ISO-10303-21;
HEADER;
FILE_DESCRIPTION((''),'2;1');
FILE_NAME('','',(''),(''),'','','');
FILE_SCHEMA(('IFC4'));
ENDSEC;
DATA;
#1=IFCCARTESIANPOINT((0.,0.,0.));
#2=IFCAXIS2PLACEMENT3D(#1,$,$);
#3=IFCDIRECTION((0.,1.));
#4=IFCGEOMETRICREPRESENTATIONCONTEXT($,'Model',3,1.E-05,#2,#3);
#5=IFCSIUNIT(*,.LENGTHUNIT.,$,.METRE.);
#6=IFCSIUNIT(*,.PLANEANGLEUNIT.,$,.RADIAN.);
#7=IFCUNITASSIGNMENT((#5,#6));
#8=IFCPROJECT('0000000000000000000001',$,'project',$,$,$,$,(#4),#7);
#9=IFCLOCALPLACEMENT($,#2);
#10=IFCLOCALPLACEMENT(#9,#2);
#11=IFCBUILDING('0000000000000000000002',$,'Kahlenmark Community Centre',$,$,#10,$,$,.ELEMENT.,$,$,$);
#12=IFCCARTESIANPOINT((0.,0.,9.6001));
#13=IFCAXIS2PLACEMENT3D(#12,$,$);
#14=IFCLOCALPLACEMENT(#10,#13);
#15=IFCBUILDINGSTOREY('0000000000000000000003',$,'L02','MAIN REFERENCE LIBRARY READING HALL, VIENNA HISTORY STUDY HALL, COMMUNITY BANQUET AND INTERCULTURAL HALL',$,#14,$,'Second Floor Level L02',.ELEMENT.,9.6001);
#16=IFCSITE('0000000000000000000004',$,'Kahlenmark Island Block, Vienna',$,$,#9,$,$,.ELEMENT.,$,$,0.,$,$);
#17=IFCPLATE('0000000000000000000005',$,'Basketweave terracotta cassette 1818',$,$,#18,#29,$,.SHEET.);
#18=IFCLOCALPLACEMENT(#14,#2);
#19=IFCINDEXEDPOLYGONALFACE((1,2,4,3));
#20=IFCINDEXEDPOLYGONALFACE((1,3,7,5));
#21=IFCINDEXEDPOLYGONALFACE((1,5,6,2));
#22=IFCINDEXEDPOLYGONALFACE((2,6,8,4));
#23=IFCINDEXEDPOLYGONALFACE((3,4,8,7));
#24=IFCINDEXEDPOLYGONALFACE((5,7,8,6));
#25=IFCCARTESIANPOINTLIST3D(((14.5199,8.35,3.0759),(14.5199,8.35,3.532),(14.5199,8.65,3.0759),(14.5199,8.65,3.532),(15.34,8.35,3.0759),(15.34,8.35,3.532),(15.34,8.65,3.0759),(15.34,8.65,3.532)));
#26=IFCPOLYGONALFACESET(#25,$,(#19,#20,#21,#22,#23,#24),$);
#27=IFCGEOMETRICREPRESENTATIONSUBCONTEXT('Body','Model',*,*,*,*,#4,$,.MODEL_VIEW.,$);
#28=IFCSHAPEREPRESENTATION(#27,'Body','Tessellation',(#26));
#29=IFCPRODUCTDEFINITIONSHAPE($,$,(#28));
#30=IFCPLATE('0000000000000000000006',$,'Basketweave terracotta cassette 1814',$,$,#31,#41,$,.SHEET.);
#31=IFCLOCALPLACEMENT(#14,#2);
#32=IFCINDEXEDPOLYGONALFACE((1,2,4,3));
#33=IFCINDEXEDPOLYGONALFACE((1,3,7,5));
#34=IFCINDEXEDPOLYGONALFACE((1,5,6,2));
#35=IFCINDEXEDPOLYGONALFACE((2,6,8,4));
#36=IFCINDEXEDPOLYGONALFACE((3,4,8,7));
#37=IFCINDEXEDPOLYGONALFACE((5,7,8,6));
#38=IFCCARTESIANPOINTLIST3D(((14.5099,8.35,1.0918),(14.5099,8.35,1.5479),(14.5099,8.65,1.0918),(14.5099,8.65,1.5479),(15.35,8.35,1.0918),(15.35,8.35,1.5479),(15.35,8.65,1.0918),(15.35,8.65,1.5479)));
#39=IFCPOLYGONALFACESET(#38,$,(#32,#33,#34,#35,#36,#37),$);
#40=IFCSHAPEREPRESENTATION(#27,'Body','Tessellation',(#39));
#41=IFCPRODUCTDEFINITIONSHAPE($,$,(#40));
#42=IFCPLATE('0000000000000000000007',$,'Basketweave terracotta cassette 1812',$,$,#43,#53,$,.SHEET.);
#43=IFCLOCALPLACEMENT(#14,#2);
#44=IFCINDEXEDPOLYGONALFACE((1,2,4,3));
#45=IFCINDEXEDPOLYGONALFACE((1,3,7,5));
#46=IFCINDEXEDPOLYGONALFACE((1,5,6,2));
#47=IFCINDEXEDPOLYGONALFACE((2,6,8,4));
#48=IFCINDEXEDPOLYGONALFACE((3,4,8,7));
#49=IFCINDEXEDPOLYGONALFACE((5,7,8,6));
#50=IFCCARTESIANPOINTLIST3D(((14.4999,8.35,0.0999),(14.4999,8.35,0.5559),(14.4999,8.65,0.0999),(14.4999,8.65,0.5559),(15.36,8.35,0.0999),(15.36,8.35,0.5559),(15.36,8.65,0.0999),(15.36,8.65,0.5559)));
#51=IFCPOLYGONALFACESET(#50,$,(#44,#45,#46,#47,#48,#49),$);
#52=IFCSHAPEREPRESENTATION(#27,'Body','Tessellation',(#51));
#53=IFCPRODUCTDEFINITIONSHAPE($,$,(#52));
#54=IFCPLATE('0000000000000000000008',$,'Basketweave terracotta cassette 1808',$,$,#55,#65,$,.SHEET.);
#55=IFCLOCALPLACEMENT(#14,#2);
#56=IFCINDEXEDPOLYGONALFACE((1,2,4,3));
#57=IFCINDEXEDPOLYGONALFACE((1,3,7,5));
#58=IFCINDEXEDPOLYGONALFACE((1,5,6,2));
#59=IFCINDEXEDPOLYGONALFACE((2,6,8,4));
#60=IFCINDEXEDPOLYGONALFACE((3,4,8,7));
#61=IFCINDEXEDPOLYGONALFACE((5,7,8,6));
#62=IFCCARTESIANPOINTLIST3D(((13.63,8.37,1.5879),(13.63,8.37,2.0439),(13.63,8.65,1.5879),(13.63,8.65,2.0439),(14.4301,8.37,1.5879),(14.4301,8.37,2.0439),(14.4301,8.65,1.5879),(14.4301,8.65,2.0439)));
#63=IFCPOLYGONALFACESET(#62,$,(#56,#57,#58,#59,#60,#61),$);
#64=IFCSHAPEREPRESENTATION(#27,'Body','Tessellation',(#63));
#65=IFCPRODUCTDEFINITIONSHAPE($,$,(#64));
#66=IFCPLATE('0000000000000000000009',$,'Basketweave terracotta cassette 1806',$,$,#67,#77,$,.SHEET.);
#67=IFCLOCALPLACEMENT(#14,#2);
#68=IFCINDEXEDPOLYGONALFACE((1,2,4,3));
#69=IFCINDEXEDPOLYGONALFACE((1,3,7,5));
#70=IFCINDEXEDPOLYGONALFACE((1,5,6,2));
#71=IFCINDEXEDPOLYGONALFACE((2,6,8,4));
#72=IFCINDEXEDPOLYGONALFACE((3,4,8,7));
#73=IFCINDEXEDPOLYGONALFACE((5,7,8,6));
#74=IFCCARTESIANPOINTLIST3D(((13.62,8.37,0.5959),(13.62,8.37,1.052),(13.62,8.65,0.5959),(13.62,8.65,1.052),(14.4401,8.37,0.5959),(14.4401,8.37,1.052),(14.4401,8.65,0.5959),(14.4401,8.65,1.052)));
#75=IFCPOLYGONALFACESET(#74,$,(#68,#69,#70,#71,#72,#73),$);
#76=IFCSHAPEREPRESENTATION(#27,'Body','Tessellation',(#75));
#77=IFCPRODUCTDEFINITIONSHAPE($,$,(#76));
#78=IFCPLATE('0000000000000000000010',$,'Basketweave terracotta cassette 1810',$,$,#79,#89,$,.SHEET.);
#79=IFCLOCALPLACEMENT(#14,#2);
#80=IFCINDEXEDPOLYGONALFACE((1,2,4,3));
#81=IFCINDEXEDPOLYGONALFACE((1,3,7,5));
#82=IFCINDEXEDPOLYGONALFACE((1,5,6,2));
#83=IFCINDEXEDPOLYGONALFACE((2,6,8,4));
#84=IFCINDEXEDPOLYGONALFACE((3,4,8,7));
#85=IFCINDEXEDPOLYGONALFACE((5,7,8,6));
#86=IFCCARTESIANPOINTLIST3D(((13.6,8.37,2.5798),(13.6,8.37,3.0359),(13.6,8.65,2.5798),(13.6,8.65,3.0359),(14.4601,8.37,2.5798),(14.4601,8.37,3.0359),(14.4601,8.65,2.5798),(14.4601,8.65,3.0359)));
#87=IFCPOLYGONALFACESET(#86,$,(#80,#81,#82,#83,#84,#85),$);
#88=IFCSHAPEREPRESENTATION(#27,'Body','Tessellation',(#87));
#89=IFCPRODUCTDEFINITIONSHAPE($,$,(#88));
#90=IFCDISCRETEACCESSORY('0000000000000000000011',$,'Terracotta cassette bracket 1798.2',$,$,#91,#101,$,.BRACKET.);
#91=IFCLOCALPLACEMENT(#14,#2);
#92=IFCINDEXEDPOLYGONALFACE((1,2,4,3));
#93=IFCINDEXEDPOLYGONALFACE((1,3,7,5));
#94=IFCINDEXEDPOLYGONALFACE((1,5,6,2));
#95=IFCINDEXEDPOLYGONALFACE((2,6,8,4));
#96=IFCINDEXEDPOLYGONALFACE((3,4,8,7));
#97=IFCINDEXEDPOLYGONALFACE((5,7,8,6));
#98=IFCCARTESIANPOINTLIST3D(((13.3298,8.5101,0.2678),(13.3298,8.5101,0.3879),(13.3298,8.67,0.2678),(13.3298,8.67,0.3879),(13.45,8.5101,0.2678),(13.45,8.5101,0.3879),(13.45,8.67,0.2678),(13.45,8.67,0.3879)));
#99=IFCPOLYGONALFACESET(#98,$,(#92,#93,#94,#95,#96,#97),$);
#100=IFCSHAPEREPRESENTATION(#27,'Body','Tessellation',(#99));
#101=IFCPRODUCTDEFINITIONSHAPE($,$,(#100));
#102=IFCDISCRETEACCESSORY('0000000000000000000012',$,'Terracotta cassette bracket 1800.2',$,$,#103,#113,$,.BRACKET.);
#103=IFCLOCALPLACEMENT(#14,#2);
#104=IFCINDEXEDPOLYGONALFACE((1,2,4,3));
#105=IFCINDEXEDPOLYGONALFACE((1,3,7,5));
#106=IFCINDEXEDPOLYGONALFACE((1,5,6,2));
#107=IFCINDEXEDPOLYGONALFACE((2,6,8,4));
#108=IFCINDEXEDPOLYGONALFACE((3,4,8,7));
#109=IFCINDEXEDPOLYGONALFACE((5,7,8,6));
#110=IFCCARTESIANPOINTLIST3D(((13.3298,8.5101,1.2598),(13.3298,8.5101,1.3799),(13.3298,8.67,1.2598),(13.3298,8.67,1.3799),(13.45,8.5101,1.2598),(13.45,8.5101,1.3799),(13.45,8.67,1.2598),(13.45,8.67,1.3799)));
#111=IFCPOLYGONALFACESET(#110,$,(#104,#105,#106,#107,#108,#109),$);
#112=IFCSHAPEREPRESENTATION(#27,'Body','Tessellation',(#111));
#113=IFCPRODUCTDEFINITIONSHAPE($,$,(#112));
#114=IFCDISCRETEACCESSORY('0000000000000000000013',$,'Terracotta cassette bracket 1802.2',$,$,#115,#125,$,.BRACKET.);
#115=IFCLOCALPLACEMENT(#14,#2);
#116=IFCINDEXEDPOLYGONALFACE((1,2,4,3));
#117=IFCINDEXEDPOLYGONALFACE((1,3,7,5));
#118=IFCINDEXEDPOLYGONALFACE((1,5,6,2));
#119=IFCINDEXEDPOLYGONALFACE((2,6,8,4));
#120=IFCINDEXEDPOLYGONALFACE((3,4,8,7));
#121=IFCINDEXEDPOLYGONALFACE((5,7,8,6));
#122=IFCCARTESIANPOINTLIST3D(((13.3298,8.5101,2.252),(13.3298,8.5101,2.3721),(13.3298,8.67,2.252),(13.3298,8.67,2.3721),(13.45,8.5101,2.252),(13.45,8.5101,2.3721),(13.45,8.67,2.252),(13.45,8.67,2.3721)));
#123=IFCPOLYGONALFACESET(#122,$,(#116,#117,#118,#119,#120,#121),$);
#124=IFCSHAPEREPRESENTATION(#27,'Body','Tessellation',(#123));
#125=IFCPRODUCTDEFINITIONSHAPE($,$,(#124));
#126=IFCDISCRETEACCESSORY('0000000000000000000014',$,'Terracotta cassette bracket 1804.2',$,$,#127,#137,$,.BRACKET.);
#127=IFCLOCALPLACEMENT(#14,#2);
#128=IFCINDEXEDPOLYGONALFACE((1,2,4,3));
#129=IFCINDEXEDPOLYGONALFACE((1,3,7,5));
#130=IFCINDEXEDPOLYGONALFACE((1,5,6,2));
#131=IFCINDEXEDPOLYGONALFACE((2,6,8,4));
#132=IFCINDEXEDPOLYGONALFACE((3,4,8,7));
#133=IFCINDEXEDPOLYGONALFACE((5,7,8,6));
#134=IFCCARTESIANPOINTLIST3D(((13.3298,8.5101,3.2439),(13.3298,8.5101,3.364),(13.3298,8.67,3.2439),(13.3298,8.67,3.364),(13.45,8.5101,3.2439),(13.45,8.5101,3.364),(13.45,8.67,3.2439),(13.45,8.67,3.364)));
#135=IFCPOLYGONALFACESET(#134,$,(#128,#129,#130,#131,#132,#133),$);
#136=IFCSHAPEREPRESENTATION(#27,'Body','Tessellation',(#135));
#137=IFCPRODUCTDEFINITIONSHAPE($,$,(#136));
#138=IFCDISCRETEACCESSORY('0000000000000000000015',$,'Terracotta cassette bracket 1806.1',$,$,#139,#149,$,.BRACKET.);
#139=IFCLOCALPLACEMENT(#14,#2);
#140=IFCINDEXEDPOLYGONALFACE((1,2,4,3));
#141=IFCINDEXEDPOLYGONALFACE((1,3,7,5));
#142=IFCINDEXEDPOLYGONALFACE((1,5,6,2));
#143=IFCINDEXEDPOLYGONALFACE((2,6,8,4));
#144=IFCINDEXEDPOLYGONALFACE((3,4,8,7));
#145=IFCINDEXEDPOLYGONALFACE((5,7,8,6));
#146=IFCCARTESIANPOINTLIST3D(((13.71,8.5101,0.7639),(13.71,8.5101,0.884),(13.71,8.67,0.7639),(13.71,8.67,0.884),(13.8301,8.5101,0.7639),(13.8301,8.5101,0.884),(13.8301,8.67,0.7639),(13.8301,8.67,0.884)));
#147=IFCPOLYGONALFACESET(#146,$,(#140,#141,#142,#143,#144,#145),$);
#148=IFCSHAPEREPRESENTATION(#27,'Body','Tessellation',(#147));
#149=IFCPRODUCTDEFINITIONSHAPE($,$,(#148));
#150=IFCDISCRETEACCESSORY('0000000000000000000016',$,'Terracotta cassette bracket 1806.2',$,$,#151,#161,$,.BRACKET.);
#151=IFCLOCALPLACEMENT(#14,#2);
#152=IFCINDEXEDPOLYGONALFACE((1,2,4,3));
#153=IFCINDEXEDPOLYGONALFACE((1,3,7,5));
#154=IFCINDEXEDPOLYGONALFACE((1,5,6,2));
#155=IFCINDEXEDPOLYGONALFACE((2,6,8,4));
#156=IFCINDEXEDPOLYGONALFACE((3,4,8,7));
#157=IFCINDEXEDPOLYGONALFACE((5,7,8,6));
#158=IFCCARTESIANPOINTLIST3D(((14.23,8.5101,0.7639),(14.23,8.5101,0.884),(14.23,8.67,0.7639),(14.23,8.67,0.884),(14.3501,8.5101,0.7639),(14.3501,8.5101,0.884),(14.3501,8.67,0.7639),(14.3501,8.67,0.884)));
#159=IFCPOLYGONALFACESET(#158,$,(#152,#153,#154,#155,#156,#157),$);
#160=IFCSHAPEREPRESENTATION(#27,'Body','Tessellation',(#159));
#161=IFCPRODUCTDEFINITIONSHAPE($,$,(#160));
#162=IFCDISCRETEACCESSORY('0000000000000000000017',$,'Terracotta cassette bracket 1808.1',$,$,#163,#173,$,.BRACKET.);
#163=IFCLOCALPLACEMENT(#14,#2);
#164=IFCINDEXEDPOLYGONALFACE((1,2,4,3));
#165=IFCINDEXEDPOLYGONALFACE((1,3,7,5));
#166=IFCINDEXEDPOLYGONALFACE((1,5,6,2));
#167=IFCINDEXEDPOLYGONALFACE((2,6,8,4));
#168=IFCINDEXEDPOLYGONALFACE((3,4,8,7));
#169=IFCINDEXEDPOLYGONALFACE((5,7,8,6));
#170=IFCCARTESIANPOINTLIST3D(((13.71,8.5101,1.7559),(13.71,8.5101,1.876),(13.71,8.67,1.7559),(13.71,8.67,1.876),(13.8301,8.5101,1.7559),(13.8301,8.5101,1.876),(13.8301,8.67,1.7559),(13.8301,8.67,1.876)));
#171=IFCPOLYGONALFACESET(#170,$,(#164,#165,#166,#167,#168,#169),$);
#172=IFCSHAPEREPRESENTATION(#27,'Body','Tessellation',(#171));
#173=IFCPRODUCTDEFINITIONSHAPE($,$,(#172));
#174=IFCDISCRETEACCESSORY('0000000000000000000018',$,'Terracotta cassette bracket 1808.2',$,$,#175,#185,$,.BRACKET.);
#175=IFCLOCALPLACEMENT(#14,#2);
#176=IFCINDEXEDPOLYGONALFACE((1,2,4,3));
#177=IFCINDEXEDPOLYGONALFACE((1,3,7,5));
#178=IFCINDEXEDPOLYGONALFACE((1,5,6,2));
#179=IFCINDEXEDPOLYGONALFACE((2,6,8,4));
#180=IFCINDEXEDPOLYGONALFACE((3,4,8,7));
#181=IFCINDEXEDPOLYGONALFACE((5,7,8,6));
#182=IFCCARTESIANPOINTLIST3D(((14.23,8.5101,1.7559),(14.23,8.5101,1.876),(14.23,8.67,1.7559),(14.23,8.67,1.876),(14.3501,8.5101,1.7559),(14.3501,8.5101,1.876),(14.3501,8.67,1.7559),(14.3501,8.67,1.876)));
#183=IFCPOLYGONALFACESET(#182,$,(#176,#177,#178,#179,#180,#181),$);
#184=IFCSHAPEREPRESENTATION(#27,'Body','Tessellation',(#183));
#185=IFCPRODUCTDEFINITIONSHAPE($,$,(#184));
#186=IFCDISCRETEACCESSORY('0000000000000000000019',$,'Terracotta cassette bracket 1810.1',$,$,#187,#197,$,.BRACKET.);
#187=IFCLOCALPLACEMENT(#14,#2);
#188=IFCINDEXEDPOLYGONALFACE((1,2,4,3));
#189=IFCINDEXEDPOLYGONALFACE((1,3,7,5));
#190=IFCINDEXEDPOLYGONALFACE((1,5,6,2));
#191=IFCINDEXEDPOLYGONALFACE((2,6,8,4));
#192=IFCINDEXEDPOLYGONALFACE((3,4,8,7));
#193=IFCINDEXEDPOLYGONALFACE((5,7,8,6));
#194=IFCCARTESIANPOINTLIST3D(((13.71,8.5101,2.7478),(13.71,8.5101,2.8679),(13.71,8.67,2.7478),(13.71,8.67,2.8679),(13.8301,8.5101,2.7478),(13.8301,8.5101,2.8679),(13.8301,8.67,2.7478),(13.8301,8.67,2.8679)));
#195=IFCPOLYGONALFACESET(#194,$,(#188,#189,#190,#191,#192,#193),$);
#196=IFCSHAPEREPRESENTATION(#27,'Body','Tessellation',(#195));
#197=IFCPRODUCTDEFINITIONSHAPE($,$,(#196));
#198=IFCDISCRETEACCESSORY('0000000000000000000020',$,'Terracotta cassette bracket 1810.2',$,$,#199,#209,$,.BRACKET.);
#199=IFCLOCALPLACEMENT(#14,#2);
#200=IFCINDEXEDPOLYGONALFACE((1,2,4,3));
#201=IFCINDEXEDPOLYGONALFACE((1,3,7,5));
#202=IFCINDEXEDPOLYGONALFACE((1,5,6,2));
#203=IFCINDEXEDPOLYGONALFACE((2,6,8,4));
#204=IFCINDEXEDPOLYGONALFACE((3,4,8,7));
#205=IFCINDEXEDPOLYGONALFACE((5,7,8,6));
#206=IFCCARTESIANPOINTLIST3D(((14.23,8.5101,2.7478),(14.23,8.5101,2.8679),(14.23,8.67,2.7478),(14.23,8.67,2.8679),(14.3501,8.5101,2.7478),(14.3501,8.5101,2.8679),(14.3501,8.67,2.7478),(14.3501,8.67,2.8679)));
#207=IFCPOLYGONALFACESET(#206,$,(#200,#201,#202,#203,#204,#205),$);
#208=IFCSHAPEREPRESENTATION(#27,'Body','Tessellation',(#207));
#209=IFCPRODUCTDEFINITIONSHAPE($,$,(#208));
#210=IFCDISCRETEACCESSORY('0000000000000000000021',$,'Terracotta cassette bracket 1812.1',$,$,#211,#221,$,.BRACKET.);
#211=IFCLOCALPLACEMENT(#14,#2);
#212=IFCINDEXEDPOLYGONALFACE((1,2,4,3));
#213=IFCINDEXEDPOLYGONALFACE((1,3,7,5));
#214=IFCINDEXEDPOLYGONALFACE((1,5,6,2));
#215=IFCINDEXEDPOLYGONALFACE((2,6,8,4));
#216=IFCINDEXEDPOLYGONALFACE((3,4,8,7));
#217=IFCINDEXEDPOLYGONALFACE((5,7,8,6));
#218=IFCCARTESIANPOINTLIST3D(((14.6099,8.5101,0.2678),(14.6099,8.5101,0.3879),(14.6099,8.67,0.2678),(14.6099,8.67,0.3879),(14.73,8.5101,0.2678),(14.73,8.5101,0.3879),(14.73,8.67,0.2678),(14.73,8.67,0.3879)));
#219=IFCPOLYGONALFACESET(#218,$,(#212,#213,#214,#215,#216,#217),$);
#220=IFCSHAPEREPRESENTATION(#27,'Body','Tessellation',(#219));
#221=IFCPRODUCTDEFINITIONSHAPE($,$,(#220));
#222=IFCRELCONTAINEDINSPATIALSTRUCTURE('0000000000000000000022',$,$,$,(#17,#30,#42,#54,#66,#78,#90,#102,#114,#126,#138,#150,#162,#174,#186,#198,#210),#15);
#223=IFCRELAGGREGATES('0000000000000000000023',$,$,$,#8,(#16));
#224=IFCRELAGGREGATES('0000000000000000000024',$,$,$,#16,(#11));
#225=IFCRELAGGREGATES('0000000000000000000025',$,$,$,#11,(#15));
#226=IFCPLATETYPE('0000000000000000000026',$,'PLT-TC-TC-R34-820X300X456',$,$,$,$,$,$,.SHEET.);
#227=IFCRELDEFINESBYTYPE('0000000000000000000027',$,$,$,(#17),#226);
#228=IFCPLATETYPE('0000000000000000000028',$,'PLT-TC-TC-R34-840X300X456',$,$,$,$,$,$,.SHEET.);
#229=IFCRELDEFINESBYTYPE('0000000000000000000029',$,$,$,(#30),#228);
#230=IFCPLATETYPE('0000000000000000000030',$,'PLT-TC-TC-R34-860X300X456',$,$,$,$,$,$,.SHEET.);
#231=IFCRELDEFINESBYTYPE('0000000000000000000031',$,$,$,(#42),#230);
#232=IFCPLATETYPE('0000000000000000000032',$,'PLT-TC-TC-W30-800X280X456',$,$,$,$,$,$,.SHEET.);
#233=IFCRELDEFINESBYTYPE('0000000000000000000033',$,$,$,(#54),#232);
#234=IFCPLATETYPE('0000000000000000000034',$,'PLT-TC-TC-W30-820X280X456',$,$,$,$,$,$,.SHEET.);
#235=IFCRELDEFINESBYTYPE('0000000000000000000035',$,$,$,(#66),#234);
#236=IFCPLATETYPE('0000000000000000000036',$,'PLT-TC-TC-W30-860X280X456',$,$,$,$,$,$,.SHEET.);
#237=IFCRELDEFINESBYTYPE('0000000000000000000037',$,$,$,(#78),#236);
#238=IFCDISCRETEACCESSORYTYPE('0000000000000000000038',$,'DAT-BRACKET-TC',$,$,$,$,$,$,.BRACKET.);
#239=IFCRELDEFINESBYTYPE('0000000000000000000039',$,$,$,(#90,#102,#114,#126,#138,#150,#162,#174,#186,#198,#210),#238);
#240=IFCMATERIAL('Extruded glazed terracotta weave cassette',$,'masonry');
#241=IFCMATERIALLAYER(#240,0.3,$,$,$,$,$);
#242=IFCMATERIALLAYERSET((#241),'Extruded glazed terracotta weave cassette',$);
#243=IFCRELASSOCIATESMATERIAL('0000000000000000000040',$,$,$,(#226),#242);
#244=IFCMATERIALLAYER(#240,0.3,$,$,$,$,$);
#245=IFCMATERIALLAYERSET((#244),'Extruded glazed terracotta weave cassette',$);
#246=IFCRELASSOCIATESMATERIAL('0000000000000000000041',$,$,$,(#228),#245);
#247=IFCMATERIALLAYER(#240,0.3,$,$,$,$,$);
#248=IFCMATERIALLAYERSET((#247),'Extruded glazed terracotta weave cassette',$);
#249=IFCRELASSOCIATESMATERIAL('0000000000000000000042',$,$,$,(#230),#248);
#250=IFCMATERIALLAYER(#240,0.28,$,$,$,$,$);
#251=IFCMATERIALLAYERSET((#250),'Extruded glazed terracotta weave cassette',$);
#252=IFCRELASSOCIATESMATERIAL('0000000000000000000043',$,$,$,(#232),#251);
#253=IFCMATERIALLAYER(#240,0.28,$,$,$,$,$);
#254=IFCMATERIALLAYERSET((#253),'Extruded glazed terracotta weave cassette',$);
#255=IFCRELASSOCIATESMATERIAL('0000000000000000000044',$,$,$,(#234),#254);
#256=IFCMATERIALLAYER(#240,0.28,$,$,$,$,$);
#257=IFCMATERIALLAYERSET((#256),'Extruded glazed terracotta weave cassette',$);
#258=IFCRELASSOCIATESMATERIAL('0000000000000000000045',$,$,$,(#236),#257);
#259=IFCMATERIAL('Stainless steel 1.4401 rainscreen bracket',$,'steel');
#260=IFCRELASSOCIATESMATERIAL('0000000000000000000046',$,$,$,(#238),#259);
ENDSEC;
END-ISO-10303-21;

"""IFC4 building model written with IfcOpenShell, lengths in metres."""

from ifc_helpers import new_model, si_unit, direction, frame, origin, origin_2d, place, context, subcontext, project, spatial, rectangle, extrude, material, layer, layer_set, type_object, element, save


model = new_model("IFC4")

# Units and contexts
model_context = context("Model", 3, precision=1e-05, world=origin(), true_north=direction((0.0, 1.0)))
body_context = subcontext(model_context, "Body", "Model", "MODEL_VIEW")
ifc_project = project(units=[si_unit("LENGTHUNIT", "METRE"), si_unit("PLANEANGLEUNIT", "RADIAN")], contexts=[model_context])

# Site, building, storey
site_placement = place(None, origin())
site = spatial("IfcSite", under=ifc_project, at=site_placement, Name="Kahlenmark Island Block, Vienna", CompositionType="ELEMENT", RefElevation=0.0)
building_placement = place(site_placement, origin())
building = spatial("IfcBuilding", under=site, at=building_placement, Name="Kahlenmark Community Centre", CompositionType="ELEMENT")
storey_placement = place(building_placement, frame((0.0, 0.0, 9.6001)))
storey = spatial("IfcBuildingStorey", under=building, at=storey_placement, Name="L02", Description="MAIN REFERENCE LIBRARY READING HALL, VIENNA HISTORY STUDY HALL, COMMUNITY BANQUET AND INTERCULTURAL HALL", LongName="Second Floor Level L02", CompositionType="ELEMENT", Elevation=9.6001)

# Plates
ifc_material_1 = material(Name="Extruded glazed terracotta weave cassette", Category="masonry")
ifc_layer_1 = layer(ifc_material_1, 0.3)
ifc_layer_set_1 = layer_set([ifc_layer_1], Name="Extruded glazed terracotta weave cassette")
plate_type_1 = type_object("IfcPlateType", Name="PLT-TC-TC-R34-820X300X456", PredefinedType="SHEET", material=ifc_layer_set_1)
plate_1_placement = place(storey_placement, frame((14.9299, 8.5, 3.0759), z_axis=(0.0, 0.0, 1.0), x_axis=(1.0, 0.0, 0.0)))
element("IfcPlate", 1, at=plate_1_placement, inside=storey, type_object=plate_type_1, Name="Basketweave terracotta cassette 1818", PredefinedType="SHEET", context=body_context, shape_type="SweptSolid", body=[
    extrude(rectangle(XDim=0.8201, YDim=0.3, at=origin_2d()), origin(), (0.0, 0.0, 1.0), 0.4561),
])
ifc_layer_2 = layer(ifc_material_1, 0.3)
ifc_layer_set_2 = layer_set([ifc_layer_2], Name="Extruded glazed terracotta weave cassette")
plate_type_2 = type_object("IfcPlateType", Name="PLT-TC-TC-R34-840X300X456", PredefinedType="SHEET", material=ifc_layer_set_2)
plate_2_placement = place(storey_placement, frame((14.9299, 8.5, 1.0918), z_axis=(0.0, 0.0, 1.0), x_axis=(1.0, 0.0, 0.0)))
element("IfcPlate", 2, at=plate_2_placement, inside=storey, type_object=plate_type_2, Name="Basketweave terracotta cassette 1814", PredefinedType="SHEET", context=body_context, shape_type="SweptSolid", body=[
    extrude(rectangle(XDim=0.8401, YDim=0.3, at=origin_2d()), origin(), (0.0, 0.0, 1.0), 0.4561),
])
ifc_layer_3 = layer(ifc_material_1, 0.3)
ifc_layer_set_3 = layer_set([ifc_layer_3], Name="Extruded glazed terracotta weave cassette")
plate_type_3 = type_object("IfcPlateType", Name="PLT-TC-TC-R34-860X300X456", PredefinedType="SHEET", material=ifc_layer_set_3)
plate_3_placement = place(storey_placement, frame((14.9299, 8.5, 0.0999), z_axis=(0.0, 0.0, 1.0), x_axis=(1.0, 0.0, 0.0)))
element("IfcPlate", 3, at=plate_3_placement, inside=storey, type_object=plate_type_3, Name="Basketweave terracotta cassette 1812", PredefinedType="SHEET", context=body_context, shape_type="SweptSolid", body=[
    extrude(rectangle(XDim=0.8601, YDim=0.3, at=origin_2d()), origin(), (0.0, 0.0, 1.0), 0.4561),
])
ifc_layer_4 = layer(ifc_material_1, 0.28)
ifc_layer_set_4 = layer_set([ifc_layer_4], Name="Extruded glazed terracotta weave cassette")
plate_type_4 = type_object("IfcPlateType", Name="PLT-TC-TC-W30-800X280X456", PredefinedType="SHEET", material=ifc_layer_set_4)
plate_4_placement = place(storey_placement, frame((14.03, 8.51, 1.5879), z_axis=(0.0, 0.0, 1.0), x_axis=(1.0, 0.0, 0.0)))
element("IfcPlate", 4, at=plate_4_placement, inside=storey, type_object=plate_type_4, Name="Basketweave terracotta cassette 1808", PredefinedType="SHEET", context=body_context, shape_type="SweptSolid", body=[
    extrude(rectangle(XDim=0.8, YDim=0.28, at=origin_2d()), origin(), (0.0, 0.0, 1.0), 0.4561),
])
ifc_layer_5 = layer(ifc_material_1, 0.28)
ifc_layer_set_5 = layer_set([ifc_layer_5], Name="Extruded glazed terracotta weave cassette")
plate_type_5 = type_object("IfcPlateType", Name="PLT-TC-TC-W30-820X280X456", PredefinedType="SHEET", material=ifc_layer_set_5)
plate_5_placement = place(storey_placement, frame((14.03, 8.51, 0.5959), z_axis=(0.0, 0.0, 1.0), x_axis=(1.0, 0.0, 0.0)))
element("IfcPlate", 5, at=plate_5_placement, inside=storey, type_object=plate_type_5, Name="Basketweave terracotta cassette 1806", PredefinedType="SHEET", context=body_context, shape_type="SweptSolid", body=[
    extrude(rectangle(XDim=0.8201, YDim=0.28, at=origin_2d()), origin(), (0.0, 0.0, 1.0), 0.4561),
])
ifc_layer_6 = layer(ifc_material_1, 0.28)
ifc_layer_set_6 = layer_set([ifc_layer_6], Name="Extruded glazed terracotta weave cassette")
plate_type_6 = type_object("IfcPlateType", Name="PLT-TC-TC-W30-860X280X456", PredefinedType="SHEET", material=ifc_layer_set_6)
plate_6_placement = place(storey_placement, frame((14.03, 8.51, 2.5798), z_axis=(0.0, 0.0, 1.0), x_axis=(1.0, 0.0, 0.0)))
element("IfcPlate", 6, at=plate_6_placement, inside=storey, type_object=plate_type_6, Name="Basketweave terracotta cassette 1810", PredefinedType="SHEET", context=body_context, shape_type="SweptSolid", body=[
    extrude(rectangle(XDim=0.8601, YDim=0.28, at=origin_2d()), origin(), (0.0, 0.0, 1.0), 0.4561),
])

# Discrete accessories
ifc_material_2 = material(Name="Stainless steel 1.4401 rainscreen bracket", Category="steel")
discrete_accessory_type = type_object("IfcDiscreteAccessoryType", Name="DAT-BRACKET-TC", PredefinedType="BRACKET", material=ifc_material_2)
for number, where, z_axis, x_axis, name in (
    (7, (13.3899, 8.5901, 0.2678), (0.0, 0.0, 1.0), (1.0, 0.0, 0.0), "Terracotta cassette bracket 1798.2"),
    (8, (13.3899, 8.5901, 1.2598), (0.0, 0.0, 1.0), (1.0, 0.0, 0.0), "Terracotta cassette bracket 1800.2"),
    (9, (13.3899, 8.5901, 2.252), (0.0, 0.0, 1.0), (1.0, 0.0, 0.0), "Terracotta cassette bracket 1802.2"),
    (10, (13.3899, 8.5901, 3.2439), (0.0, 0.0, 1.0), (1.0, 0.0, 0.0), "Terracotta cassette bracket 1804.2"),
    (11, (13.77, 8.5901, 0.7639), (0.0, 0.0, 1.0), (1.0, 0.0, 0.0), "Terracotta cassette bracket 1806.1"),
    (12, (14.29, 8.5901, 0.7639), (0.0, 0.0, 1.0), (1.0, 0.0, 0.0), "Terracotta cassette bracket 1806.2"),
    (13, (13.77, 8.5901, 1.7559), (0.0, 0.0, 1.0), (1.0, 0.0, 0.0), "Terracotta cassette bracket 1808.1"),
    (14, (14.29, 8.5901, 1.7559), (0.0, 0.0, 1.0), (1.0, 0.0, 0.0), "Terracotta cassette bracket 1808.2"),
    (15, (13.77, 8.5901, 2.7478), (0.0, 0.0, 1.0), (1.0, 0.0, 0.0), "Terracotta cassette bracket 1810.1"),
    (16, (14.29, 8.5901, 2.7478), (0.0, 0.0, 1.0), (1.0, 0.0, 0.0), "Terracotta cassette bracket 1810.2"),
    (17, (14.6699, 8.5901, 0.2678), (0.0, 0.0, 1.0), (1.0, 0.0, 0.0), "Terracotta cassette bracket 1812.1"),
):
    element("IfcDiscreteAccessory", number, at=place(storey_placement, frame(where, z_axis=z_axis, x_axis=x_axis)), inside=storey, type_object=discrete_accessory_type, Name=name, PredefinedType="BRACKET", context=body_context, shape_type="SweptSolid", body=[
        extrude(rectangle(XDim=0.1201, YDim=0.1599, at=origin_2d()), origin(), (0.0, 0.0, 1.0), 0.1201),
    ])

save(model, "model.ifc")
